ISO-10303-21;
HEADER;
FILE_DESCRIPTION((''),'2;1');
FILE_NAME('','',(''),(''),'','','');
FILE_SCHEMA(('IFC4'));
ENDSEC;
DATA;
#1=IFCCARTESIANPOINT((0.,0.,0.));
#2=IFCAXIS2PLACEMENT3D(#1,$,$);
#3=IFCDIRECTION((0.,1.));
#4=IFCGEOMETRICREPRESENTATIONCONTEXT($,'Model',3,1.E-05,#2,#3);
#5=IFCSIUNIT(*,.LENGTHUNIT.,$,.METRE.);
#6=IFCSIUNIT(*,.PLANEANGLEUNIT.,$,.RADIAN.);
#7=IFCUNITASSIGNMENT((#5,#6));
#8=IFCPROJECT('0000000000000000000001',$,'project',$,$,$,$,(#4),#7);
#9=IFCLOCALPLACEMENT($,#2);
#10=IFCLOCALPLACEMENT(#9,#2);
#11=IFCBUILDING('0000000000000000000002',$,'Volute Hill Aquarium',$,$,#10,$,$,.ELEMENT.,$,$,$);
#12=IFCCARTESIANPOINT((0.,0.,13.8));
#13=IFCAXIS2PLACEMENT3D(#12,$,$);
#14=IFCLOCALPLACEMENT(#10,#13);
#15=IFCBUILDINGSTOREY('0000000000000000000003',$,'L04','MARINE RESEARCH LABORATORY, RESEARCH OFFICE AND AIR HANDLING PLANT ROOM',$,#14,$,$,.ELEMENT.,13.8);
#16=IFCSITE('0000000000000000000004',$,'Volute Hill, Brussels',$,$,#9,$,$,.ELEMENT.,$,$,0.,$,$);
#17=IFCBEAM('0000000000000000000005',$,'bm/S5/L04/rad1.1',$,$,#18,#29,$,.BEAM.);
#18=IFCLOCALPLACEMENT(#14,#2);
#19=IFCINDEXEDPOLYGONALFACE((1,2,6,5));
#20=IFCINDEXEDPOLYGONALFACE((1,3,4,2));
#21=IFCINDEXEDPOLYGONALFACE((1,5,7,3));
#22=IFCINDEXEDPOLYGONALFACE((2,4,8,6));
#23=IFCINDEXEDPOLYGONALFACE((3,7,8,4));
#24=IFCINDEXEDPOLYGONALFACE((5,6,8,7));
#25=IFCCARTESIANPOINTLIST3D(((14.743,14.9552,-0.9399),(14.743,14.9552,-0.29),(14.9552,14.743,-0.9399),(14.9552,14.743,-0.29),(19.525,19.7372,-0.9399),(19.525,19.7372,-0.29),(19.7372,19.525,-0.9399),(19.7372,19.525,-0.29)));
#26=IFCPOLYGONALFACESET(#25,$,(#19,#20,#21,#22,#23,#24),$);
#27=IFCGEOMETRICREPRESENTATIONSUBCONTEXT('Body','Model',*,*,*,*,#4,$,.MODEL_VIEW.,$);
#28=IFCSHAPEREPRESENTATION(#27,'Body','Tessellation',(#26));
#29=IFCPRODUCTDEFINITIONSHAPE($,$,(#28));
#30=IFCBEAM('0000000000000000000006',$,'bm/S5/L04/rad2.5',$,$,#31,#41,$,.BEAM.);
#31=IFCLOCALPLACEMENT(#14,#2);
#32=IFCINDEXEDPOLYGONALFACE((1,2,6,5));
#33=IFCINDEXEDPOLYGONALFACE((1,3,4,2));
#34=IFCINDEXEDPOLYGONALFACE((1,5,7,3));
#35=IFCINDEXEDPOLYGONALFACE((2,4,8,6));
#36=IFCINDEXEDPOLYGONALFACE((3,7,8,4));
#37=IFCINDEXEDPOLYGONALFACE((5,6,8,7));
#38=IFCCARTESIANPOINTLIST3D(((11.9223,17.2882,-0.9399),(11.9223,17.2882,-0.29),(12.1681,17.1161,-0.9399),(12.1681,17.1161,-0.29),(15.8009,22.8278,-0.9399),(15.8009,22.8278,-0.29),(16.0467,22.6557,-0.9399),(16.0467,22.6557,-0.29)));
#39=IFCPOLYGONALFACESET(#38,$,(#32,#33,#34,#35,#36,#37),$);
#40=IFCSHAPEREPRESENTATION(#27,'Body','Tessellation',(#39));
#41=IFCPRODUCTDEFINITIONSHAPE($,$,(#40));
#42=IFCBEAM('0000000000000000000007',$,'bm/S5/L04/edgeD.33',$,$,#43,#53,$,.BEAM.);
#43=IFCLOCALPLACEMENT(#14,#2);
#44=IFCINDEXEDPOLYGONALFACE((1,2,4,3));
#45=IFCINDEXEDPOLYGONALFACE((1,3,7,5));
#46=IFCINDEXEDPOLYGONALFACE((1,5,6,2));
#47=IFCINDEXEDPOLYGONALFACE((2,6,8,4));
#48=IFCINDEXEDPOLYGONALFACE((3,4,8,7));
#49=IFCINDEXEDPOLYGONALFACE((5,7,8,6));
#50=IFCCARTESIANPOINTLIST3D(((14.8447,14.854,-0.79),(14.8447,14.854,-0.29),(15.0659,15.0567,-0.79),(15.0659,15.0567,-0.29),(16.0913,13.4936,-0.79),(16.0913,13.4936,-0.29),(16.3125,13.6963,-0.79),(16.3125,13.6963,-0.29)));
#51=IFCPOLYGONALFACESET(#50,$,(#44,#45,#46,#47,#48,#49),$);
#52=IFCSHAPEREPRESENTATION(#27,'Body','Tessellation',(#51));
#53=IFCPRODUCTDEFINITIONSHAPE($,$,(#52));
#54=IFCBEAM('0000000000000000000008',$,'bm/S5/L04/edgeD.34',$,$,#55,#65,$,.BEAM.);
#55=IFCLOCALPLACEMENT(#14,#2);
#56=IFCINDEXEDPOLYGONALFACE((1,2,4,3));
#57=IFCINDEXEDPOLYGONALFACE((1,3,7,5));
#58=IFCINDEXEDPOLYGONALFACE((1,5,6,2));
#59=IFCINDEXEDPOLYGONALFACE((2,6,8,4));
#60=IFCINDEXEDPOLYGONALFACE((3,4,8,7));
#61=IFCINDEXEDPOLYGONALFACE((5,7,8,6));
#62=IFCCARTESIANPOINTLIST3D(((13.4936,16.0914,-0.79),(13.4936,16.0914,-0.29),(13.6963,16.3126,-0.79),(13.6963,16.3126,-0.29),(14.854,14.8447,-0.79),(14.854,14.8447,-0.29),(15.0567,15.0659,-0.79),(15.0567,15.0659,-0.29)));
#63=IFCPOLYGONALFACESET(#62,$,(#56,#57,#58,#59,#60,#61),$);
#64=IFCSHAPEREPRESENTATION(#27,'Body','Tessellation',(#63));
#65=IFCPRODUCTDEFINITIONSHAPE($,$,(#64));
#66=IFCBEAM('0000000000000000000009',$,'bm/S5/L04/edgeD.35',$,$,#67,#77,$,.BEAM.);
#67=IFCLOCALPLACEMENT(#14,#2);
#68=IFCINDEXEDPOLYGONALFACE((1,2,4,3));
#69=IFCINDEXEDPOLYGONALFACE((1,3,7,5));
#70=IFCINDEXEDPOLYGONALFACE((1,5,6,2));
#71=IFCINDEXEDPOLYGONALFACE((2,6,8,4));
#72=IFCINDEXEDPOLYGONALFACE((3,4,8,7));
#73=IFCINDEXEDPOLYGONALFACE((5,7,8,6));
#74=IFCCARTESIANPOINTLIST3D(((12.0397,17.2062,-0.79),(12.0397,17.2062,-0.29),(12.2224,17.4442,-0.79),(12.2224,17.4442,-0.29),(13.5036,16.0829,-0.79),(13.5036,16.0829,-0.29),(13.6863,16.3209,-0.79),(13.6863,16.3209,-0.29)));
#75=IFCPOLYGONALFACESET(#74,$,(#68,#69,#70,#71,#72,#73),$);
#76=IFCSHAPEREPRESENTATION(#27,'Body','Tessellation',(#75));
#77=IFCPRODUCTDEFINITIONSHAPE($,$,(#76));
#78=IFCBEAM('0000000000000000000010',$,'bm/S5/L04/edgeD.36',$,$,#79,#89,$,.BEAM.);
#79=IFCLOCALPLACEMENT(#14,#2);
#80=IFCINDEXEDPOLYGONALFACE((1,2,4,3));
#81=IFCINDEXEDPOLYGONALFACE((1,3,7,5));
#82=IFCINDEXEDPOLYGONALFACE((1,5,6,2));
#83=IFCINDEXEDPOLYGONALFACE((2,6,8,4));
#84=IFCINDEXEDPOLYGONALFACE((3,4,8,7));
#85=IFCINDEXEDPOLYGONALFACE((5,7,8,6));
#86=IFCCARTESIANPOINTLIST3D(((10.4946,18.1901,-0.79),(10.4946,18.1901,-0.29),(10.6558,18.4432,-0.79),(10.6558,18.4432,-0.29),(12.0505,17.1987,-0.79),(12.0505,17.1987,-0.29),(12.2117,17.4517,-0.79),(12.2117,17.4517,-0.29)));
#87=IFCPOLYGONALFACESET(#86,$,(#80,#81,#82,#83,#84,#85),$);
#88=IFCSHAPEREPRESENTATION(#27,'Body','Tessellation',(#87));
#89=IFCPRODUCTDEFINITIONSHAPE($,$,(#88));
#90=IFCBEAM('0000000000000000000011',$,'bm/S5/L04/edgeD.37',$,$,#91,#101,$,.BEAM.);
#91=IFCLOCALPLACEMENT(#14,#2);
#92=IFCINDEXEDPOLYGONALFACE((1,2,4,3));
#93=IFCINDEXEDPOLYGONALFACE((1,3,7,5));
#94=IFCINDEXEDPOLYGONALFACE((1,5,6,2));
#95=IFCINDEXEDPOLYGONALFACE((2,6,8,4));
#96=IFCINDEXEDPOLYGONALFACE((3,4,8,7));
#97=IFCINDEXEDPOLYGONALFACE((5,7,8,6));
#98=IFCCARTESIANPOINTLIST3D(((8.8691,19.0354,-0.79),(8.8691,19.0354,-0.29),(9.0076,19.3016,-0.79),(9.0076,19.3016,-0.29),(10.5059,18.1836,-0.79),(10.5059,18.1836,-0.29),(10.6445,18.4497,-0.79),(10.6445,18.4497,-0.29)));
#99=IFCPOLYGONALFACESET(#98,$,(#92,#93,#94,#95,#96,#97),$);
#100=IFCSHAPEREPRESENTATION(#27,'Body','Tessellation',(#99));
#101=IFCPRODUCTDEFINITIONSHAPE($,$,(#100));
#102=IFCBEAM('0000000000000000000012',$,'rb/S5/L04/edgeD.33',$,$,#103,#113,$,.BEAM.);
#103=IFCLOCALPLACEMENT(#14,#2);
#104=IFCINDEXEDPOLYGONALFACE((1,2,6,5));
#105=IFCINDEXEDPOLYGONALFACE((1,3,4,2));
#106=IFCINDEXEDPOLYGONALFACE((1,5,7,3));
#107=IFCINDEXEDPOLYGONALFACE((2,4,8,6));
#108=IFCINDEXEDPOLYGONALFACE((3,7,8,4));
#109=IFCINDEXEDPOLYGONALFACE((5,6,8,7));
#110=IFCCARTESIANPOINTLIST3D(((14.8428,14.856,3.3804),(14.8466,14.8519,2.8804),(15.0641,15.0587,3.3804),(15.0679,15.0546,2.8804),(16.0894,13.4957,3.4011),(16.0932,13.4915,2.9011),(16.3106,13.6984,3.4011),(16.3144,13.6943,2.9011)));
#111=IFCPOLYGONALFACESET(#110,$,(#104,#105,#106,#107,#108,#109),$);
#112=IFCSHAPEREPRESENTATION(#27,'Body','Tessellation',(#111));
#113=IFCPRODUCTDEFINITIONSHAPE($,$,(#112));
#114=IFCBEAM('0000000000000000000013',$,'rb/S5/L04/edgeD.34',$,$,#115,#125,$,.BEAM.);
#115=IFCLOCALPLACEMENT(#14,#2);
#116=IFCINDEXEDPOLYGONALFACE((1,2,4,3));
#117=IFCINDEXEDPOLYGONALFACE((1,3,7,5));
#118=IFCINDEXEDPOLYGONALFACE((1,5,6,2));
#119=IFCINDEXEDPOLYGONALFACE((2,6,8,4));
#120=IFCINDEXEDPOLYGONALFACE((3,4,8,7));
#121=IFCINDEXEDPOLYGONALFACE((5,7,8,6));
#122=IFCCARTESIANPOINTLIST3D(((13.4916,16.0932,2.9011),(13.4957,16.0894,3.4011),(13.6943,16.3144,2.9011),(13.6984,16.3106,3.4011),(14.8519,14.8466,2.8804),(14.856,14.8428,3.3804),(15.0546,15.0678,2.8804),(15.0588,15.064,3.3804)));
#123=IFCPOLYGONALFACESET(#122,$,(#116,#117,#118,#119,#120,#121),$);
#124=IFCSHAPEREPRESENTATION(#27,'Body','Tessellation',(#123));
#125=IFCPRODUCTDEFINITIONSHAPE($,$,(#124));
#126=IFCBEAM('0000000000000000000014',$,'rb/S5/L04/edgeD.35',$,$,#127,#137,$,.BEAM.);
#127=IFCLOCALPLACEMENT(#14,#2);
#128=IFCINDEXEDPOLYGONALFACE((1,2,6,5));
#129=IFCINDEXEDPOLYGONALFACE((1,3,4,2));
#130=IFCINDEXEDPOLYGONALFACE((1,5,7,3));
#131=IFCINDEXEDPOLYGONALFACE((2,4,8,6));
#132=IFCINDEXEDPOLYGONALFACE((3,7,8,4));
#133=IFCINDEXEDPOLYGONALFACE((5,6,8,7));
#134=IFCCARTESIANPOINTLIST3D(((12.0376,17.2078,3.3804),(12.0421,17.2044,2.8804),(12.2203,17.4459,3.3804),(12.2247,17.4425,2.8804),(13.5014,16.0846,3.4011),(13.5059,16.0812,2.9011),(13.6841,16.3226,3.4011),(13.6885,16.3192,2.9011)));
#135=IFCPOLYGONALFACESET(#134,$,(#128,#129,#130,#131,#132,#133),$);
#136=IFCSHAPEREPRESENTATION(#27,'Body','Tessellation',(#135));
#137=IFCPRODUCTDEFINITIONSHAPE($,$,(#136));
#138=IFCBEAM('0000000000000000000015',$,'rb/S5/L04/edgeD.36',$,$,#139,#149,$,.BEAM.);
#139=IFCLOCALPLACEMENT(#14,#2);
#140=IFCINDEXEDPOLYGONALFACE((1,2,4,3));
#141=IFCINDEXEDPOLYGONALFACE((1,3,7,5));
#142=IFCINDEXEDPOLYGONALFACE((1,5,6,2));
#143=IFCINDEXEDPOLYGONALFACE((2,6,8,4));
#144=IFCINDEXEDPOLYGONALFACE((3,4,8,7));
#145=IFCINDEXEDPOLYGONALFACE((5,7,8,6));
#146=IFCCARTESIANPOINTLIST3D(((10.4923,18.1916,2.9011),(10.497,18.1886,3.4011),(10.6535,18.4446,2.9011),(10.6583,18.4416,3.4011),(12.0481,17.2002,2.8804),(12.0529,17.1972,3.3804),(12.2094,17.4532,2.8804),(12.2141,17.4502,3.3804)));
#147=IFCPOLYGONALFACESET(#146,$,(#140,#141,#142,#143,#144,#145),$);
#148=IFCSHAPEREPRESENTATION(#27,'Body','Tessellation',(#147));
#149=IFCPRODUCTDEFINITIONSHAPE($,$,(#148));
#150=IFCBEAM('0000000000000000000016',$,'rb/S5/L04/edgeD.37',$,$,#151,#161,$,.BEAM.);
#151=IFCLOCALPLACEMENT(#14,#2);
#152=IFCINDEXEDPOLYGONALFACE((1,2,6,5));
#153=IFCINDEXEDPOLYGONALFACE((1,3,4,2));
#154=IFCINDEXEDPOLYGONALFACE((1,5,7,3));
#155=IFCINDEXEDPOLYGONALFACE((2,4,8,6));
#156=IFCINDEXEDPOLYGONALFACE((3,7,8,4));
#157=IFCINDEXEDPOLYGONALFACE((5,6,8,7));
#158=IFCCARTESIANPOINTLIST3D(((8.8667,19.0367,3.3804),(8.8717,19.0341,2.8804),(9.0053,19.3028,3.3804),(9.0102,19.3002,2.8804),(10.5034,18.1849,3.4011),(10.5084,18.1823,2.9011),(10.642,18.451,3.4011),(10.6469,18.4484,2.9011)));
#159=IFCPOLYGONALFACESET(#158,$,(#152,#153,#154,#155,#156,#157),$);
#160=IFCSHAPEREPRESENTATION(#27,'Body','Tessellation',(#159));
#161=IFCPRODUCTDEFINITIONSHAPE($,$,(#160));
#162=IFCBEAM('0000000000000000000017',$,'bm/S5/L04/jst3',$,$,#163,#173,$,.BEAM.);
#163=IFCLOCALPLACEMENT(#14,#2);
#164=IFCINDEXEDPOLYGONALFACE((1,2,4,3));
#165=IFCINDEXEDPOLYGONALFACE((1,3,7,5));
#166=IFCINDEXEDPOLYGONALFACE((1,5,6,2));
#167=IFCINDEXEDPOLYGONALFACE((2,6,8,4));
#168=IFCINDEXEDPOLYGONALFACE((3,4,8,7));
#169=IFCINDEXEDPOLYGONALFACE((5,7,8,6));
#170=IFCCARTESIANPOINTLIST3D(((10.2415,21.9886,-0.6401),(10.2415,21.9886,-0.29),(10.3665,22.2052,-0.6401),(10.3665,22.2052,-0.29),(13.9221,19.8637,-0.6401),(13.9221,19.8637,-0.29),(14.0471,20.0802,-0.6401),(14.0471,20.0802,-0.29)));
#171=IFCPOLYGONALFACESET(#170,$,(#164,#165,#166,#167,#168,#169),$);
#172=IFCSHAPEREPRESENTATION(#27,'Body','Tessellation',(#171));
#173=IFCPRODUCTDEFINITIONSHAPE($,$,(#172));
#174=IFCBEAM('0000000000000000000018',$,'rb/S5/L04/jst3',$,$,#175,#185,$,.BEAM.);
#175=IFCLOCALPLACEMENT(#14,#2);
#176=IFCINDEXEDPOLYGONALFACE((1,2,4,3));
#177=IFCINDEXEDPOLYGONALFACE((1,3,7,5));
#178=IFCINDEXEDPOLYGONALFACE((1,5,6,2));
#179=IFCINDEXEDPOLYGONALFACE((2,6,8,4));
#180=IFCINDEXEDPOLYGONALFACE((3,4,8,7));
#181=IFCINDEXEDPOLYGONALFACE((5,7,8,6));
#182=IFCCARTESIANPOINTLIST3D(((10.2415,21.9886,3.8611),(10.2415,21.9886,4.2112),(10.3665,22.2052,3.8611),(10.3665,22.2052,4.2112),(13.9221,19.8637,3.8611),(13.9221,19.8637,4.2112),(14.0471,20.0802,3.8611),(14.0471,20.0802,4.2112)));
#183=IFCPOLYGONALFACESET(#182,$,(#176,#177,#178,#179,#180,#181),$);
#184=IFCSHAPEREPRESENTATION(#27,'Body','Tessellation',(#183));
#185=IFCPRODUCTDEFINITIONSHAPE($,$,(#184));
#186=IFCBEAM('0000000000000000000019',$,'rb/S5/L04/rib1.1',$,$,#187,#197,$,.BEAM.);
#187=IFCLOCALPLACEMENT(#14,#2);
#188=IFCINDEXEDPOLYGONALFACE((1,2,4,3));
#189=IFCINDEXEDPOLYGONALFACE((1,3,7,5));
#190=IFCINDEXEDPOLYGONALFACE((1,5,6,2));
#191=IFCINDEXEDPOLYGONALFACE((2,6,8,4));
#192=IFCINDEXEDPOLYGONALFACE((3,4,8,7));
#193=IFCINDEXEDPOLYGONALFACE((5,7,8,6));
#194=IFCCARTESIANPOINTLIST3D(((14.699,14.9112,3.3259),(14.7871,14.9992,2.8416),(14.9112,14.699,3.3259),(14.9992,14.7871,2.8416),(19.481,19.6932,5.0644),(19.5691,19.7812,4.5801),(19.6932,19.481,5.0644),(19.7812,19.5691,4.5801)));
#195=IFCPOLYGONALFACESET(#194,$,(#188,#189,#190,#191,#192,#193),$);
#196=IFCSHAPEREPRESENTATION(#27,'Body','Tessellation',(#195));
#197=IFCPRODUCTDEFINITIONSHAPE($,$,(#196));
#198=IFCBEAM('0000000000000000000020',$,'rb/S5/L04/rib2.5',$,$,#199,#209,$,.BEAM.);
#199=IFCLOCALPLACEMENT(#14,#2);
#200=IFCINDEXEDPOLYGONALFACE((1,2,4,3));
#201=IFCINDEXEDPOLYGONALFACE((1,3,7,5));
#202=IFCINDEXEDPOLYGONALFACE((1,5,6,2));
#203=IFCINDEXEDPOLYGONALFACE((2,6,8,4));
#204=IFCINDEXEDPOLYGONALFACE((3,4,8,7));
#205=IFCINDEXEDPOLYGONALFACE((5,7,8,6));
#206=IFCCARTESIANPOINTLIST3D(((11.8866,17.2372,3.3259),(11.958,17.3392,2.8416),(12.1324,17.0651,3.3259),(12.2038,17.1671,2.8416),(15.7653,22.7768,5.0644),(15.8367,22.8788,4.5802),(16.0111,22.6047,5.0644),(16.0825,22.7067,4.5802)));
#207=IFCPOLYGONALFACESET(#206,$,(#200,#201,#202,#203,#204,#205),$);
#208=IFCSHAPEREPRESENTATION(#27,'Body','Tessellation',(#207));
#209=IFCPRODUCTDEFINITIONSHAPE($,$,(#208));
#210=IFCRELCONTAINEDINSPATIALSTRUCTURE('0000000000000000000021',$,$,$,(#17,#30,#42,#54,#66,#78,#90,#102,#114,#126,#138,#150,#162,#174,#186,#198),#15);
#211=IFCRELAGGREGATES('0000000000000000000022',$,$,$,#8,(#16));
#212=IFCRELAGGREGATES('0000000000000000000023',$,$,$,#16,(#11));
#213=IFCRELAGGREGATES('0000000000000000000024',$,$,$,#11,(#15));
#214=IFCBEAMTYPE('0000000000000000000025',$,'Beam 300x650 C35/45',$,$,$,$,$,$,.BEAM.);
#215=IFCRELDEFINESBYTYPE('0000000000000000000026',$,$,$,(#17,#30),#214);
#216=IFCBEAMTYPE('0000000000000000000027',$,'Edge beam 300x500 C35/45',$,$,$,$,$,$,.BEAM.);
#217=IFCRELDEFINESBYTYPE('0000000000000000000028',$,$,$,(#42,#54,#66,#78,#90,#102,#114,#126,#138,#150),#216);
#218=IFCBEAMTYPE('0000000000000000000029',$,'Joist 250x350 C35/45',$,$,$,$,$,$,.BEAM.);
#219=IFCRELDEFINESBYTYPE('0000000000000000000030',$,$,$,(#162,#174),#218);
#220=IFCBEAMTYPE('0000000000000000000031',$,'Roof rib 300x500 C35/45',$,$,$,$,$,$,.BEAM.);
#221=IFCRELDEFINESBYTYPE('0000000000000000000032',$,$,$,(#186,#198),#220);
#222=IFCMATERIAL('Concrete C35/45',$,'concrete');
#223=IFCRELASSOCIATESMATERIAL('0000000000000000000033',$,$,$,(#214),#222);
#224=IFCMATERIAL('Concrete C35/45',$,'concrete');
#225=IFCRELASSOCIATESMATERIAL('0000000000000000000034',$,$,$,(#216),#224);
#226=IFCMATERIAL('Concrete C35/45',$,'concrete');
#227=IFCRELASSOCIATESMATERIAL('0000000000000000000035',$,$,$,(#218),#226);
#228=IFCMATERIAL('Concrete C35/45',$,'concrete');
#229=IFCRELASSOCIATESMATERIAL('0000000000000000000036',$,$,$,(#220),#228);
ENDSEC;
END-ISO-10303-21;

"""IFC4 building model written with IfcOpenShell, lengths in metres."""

from ifc_helpers import new_model, si_unit, direction, frame, origin, origin_2d, place, context, subcontext, project, spatial, rectangle, extrude, material, material_profile, profile_set, type_object, element, save


model = new_model("IFC4")

# Units and contexts
model_context = context("Model", 3, precision=1e-05, world=origin(), true_north=direction((0.0, 1.0)))
body_context = subcontext(model_context, "Body", "Model", "MODEL_VIEW")
ifc_project = project(units=[si_unit("LENGTHUNIT", "METRE"), si_unit("PLANEANGLEUNIT", "RADIAN")], contexts=[model_context])

# Site, building, storey
site_placement = place(None, origin())
site = spatial("IfcSite", under=ifc_project, at=site_placement, Name="Volute Hill, Brussels", CompositionType="ELEMENT", RefElevation=0.0)
building_placement = place(site_placement, origin())
building = spatial("IfcBuilding", under=site, at=building_placement, Name="Volute Hill Aquarium", CompositionType="ELEMENT")
storey_placement = place(building_placement, frame((0.0, 0.0, 13.8)))
storey = spatial("IfcBuildingStorey", under=building, at=storey_placement, Name="L04", Description="MARINE RESEARCH LABORATORY, RESEARCH OFFICE AND AIR HANDLING PLANT ROOM", CompositionType="ELEMENT", Elevation=13.8)

# Beams
ifc_material_1 = material(Name="Concrete C35/45", Category="concrete")
ifc_material_profile_1 = material_profile(ifc_material_1, rectangle(XDim=0.3, YDim=0.6499, at=origin_2d()), Name="RC beam 300x650")
ifc_profile_set_1 = profile_set([ifc_material_profile_1], Name="Concrete C35/45")
beam_type_1 = type_object("IfcBeamType", Name="Beam 300x650 C35/45", PredefinedType="BEAM", material=ifc_profile_set_1)
beam_1_placement = place(storey_placement, frame((14.8491, 14.8491, -0.615), z_axis=(0.707107, 0.707107, 0.0), x_axis=(-0.707107, 0.707107, 0.0)))
element("IfcBeam", 1, at=beam_1_placement, inside=storey, type_object=beam_type_1, Name="bm/S5/L04/rad1.1", PredefinedType="BEAM", context=body_context, shape_type="SweptSolid", body=[
    extrude(rectangle(XDim=0.3, YDim=0.6499, at=origin_2d()), origin(), (0.0, 0.0, 1.0), 6.7627),
])
beam_2_placement = place(storey_placement, frame((12.0452, 17.2021, -0.615), z_axis=(0.573559, 0.819164, 0.0), x_axis=(-0.819164, 0.573559, 0.0)))
element("IfcBeam", 2, at=beam_2_placement, inside=storey, type_object=beam_type_1, Name="bm/S5/L04/rad2.5", PredefinedType="BEAM", context=body_context, shape_type="SweptSolid", body=[
    extrude(rectangle(XDim=0.3, YDim=0.6499, at=origin_2d()), origin(), (0.0, 0.0, 1.0), 6.7625),
])
ifc_material_2 = material(Name="Concrete C35/45", Category="concrete")
ifc_material_profile_2 = material_profile(ifc_material_2, rectangle(XDim=0.3, YDim=0.5, at=origin_2d()), Name="RC edge beam 300x500")
ifc_profile_set_2 = profile_set([ifc_material_profile_2], Name="Concrete C35/45")
beam_type_2 = type_object("IfcBeamType", Name="Edge beam 300x500 C35/45", PredefinedType="BEAM", material=ifc_profile_set_2)
for number, where, z_axis, x_axis, name in (
    (3, (16.2019, 13.595, -0.54), (-0.675605, 0.737264, 0.0), (-0.737264, -0.675605, 0.0), "bm/S5/L04/edgeD.33"),
    (4, (14.9553, 14.9553, -0.54), (-0.737264, 0.675605, 0.0), (-0.675605, -0.737264, 0.0), "bm/S5/L04/edgeD.34"),
    (5, (13.595, 16.2019, -0.54), (-0.793346, 0.60877, 0.0), (-0.60877, -0.793346, 0.0), "bm/S5/L04/edgeD.35"),
):
    element("IfcBeam", number, at=place(storey_placement, frame(where, z_axis=z_axis, x_axis=x_axis)), inside=storey, type_object=beam_type_2, Name=name, PredefinedType="BEAM", context=body_context, shape_type="SweptSolid", body=[
        extrude(rectangle(XDim=0.3, YDim=0.5, at=origin_2d()), origin(), (0.0, 0.0, 1.0), 1.8452),
    ])
beam_3_placement = place(storey_placement, frame((12.1311, 17.3252, -0.54), z_axis=(-0.843334, 0.537389, 0.0), x_axis=(-0.537389, -0.843334, 0.0)))
element("IfcBeam", 6, at=beam_3_placement, inside=storey, type_object=beam_type_2, Name="bm/S5/L04/edgeD.36", PredefinedType="BEAM", context=body_context, shape_type="SweptSolid", body=[
    extrude(rectangle(XDim=0.3, YDim=0.5, at=origin_2d()), origin(), (0.0, 0.0, 1.0), 1.845),
])
for number, where, z_axis, x_axis, name in (
    (7, (10.5752, 18.3167, -0.54), (-0.887059, 0.461657, 0.0), (-0.461657, -0.887059, 0.0), "bm/S5/L04/edgeD.37"),
    (8, (16.2019, 13.595, 3.1511), (-0.675562, 0.737217, -0.011246), (-0.737264, -0.675605, 0.0), "rb/S5/L04/edgeD.33"),
    (9, (14.9553, 14.9553, 3.1304), (-0.737217, 0.675562, 0.011246), (-0.675605, -0.737264, 0.0), "rb/S5/L04/edgeD.34"),
    (10, (13.595, 16.2019, 3.1511), (-0.793296, 0.608732, -0.011246), (-0.60877, -0.793346, 0.0), "rb/S5/L04/edgeD.35"),
):
    element("IfcBeam", number, at=place(storey_placement, frame(where, z_axis=z_axis, x_axis=x_axis)), inside=storey, type_object=beam_type_2, Name=name, PredefinedType="BEAM", context=body_context, shape_type="SweptSolid", body=[
        extrude(rectangle(XDim=0.3, YDim=0.5, at=origin_2d()), origin(), (0.0, 0.0, 1.0), 1.8452),
    ])
beam_4_placement = place(storey_placement, frame((12.1311, 17.3252, 3.1304), z_axis=(-0.843281, 0.537355, 0.011247), x_axis=(-0.537389, -0.843334, 0.0)))
element("IfcBeam", 11, at=beam_4_placement, inside=storey, type_object=beam_type_2, Name="rb/S5/L04/edgeD.36", PredefinedType="BEAM", context=body_context, shape_type="SweptSolid", body=[
    extrude(rectangle(XDim=0.3, YDim=0.5, at=origin_2d()), origin(), (0.0, 0.0, 1.0), 1.845),
])
beam_5_placement = place(storey_placement, frame((10.5752, 18.3167, 3.1511), z_axis=(-0.887003, 0.461628, -0.011246), x_axis=(-0.461657, -0.887059, 0.0)))
element("IfcBeam", 12, at=beam_5_placement, inside=storey, type_object=beam_type_2, Name="rb/S5/L04/edgeD.37", PredefinedType="BEAM", context=body_context, shape_type="SweptSolid", body=[
    extrude(rectangle(XDim=0.3, YDim=0.5, at=origin_2d()), origin(), (0.0, 0.0, 1.0), 1.8452),
])
ifc_material_3 = material(Name="Concrete C35/45", Category="concrete")
ifc_material_profile_3 = material_profile(ifc_material_3, rectangle(XDim=0.25, YDim=0.3501, at=origin_2d()), Name="RC joist 250x350")
ifc_profile_set_3 = profile_set([ifc_material_profile_3], Name="Concrete C35/45")
beam_type_3 = type_object("IfcBeamType", Name="Joist 250x350 C35/45", PredefinedType="BEAM", material=ifc_profile_set_3)
for number, where, z_axis, x_axis, name in (
    (13, (13.9846, 19.9719, -0.4651), (-0.866029, 0.499994, 0.0), (-0.499994, -0.866029, 0.0), "bm/S5/L04/jst3"),
    (14, (13.9846, 19.9719, 4.0361), (-0.866029, 0.499994, 0.0), (-0.499994, -0.866029, 0.0), "rb/S5/L04/jst3"),
):
    element("IfcBeam", number, at=place(storey_placement, frame(where, z_axis=z_axis, x_axis=x_axis)), inside=storey, type_object=beam_type_3, Name=name, PredefinedType="BEAM", context=body_context, shape_type="SweptSolid", body=[
        extrude(rectangle(XDim=0.25, YDim=0.3501, at=origin_2d()), origin(), (0.0, 0.0, 1.0), 4.25),
    ])
ifc_material_4 = material(Name="Concrete C35/45", Category="concrete")
ifc_material_profile_4 = material_profile(ifc_material_4, rectangle(XDim=0.3, YDim=0.5, at=origin_2d()), Name="RC rib 300x500")
ifc_profile_set_4 = profile_set([ifc_material_profile_4], Name="Concrete C35/45")
beam_type_4 = type_object("IfcBeamType", Name="Roof rib 300x500 C35/45", PredefinedType="BEAM", material=ifc_profile_set_4)
beam_6_placement = place(storey_placement, frame((14.8491, 14.8491, 3.0837), z_axis=(0.684839, 0.684839, 0.248978), x_axis=(-0.707107, 0.707107, 0.0)))
element("IfcBeam", 15, at=beam_6_placement, inside=storey, type_object=beam_type_4, Name="rb/S5/L04/rib1.1", PredefinedType="BEAM", context=body_context, shape_type="SweptSolid", body=[
    extrude(rectangle(XDim=0.3, YDim=0.5, at=origin_2d()), origin(), (0.0, 0.0, 1.0), 6.9827),
])
beam_7_placement = place(storey_placement, frame((12.0452, 17.2021, 3.0837), z_axis=(0.555496, 0.793366, 0.248989), x_axis=(-0.819164, 0.573559, 0.0)))
element("IfcBeam", 16, at=beam_7_placement, inside=storey, type_object=beam_type_4, Name="rb/S5/L04/rib2.5", PredefinedType="BEAM", context=body_context, shape_type="SweptSolid", body=[
    extrude(rectangle(XDim=0.3, YDim=0.5, at=origin_2d()), origin(), (0.0, 0.0, 1.0), 6.9824),
])

save(model, "model.ifc")
